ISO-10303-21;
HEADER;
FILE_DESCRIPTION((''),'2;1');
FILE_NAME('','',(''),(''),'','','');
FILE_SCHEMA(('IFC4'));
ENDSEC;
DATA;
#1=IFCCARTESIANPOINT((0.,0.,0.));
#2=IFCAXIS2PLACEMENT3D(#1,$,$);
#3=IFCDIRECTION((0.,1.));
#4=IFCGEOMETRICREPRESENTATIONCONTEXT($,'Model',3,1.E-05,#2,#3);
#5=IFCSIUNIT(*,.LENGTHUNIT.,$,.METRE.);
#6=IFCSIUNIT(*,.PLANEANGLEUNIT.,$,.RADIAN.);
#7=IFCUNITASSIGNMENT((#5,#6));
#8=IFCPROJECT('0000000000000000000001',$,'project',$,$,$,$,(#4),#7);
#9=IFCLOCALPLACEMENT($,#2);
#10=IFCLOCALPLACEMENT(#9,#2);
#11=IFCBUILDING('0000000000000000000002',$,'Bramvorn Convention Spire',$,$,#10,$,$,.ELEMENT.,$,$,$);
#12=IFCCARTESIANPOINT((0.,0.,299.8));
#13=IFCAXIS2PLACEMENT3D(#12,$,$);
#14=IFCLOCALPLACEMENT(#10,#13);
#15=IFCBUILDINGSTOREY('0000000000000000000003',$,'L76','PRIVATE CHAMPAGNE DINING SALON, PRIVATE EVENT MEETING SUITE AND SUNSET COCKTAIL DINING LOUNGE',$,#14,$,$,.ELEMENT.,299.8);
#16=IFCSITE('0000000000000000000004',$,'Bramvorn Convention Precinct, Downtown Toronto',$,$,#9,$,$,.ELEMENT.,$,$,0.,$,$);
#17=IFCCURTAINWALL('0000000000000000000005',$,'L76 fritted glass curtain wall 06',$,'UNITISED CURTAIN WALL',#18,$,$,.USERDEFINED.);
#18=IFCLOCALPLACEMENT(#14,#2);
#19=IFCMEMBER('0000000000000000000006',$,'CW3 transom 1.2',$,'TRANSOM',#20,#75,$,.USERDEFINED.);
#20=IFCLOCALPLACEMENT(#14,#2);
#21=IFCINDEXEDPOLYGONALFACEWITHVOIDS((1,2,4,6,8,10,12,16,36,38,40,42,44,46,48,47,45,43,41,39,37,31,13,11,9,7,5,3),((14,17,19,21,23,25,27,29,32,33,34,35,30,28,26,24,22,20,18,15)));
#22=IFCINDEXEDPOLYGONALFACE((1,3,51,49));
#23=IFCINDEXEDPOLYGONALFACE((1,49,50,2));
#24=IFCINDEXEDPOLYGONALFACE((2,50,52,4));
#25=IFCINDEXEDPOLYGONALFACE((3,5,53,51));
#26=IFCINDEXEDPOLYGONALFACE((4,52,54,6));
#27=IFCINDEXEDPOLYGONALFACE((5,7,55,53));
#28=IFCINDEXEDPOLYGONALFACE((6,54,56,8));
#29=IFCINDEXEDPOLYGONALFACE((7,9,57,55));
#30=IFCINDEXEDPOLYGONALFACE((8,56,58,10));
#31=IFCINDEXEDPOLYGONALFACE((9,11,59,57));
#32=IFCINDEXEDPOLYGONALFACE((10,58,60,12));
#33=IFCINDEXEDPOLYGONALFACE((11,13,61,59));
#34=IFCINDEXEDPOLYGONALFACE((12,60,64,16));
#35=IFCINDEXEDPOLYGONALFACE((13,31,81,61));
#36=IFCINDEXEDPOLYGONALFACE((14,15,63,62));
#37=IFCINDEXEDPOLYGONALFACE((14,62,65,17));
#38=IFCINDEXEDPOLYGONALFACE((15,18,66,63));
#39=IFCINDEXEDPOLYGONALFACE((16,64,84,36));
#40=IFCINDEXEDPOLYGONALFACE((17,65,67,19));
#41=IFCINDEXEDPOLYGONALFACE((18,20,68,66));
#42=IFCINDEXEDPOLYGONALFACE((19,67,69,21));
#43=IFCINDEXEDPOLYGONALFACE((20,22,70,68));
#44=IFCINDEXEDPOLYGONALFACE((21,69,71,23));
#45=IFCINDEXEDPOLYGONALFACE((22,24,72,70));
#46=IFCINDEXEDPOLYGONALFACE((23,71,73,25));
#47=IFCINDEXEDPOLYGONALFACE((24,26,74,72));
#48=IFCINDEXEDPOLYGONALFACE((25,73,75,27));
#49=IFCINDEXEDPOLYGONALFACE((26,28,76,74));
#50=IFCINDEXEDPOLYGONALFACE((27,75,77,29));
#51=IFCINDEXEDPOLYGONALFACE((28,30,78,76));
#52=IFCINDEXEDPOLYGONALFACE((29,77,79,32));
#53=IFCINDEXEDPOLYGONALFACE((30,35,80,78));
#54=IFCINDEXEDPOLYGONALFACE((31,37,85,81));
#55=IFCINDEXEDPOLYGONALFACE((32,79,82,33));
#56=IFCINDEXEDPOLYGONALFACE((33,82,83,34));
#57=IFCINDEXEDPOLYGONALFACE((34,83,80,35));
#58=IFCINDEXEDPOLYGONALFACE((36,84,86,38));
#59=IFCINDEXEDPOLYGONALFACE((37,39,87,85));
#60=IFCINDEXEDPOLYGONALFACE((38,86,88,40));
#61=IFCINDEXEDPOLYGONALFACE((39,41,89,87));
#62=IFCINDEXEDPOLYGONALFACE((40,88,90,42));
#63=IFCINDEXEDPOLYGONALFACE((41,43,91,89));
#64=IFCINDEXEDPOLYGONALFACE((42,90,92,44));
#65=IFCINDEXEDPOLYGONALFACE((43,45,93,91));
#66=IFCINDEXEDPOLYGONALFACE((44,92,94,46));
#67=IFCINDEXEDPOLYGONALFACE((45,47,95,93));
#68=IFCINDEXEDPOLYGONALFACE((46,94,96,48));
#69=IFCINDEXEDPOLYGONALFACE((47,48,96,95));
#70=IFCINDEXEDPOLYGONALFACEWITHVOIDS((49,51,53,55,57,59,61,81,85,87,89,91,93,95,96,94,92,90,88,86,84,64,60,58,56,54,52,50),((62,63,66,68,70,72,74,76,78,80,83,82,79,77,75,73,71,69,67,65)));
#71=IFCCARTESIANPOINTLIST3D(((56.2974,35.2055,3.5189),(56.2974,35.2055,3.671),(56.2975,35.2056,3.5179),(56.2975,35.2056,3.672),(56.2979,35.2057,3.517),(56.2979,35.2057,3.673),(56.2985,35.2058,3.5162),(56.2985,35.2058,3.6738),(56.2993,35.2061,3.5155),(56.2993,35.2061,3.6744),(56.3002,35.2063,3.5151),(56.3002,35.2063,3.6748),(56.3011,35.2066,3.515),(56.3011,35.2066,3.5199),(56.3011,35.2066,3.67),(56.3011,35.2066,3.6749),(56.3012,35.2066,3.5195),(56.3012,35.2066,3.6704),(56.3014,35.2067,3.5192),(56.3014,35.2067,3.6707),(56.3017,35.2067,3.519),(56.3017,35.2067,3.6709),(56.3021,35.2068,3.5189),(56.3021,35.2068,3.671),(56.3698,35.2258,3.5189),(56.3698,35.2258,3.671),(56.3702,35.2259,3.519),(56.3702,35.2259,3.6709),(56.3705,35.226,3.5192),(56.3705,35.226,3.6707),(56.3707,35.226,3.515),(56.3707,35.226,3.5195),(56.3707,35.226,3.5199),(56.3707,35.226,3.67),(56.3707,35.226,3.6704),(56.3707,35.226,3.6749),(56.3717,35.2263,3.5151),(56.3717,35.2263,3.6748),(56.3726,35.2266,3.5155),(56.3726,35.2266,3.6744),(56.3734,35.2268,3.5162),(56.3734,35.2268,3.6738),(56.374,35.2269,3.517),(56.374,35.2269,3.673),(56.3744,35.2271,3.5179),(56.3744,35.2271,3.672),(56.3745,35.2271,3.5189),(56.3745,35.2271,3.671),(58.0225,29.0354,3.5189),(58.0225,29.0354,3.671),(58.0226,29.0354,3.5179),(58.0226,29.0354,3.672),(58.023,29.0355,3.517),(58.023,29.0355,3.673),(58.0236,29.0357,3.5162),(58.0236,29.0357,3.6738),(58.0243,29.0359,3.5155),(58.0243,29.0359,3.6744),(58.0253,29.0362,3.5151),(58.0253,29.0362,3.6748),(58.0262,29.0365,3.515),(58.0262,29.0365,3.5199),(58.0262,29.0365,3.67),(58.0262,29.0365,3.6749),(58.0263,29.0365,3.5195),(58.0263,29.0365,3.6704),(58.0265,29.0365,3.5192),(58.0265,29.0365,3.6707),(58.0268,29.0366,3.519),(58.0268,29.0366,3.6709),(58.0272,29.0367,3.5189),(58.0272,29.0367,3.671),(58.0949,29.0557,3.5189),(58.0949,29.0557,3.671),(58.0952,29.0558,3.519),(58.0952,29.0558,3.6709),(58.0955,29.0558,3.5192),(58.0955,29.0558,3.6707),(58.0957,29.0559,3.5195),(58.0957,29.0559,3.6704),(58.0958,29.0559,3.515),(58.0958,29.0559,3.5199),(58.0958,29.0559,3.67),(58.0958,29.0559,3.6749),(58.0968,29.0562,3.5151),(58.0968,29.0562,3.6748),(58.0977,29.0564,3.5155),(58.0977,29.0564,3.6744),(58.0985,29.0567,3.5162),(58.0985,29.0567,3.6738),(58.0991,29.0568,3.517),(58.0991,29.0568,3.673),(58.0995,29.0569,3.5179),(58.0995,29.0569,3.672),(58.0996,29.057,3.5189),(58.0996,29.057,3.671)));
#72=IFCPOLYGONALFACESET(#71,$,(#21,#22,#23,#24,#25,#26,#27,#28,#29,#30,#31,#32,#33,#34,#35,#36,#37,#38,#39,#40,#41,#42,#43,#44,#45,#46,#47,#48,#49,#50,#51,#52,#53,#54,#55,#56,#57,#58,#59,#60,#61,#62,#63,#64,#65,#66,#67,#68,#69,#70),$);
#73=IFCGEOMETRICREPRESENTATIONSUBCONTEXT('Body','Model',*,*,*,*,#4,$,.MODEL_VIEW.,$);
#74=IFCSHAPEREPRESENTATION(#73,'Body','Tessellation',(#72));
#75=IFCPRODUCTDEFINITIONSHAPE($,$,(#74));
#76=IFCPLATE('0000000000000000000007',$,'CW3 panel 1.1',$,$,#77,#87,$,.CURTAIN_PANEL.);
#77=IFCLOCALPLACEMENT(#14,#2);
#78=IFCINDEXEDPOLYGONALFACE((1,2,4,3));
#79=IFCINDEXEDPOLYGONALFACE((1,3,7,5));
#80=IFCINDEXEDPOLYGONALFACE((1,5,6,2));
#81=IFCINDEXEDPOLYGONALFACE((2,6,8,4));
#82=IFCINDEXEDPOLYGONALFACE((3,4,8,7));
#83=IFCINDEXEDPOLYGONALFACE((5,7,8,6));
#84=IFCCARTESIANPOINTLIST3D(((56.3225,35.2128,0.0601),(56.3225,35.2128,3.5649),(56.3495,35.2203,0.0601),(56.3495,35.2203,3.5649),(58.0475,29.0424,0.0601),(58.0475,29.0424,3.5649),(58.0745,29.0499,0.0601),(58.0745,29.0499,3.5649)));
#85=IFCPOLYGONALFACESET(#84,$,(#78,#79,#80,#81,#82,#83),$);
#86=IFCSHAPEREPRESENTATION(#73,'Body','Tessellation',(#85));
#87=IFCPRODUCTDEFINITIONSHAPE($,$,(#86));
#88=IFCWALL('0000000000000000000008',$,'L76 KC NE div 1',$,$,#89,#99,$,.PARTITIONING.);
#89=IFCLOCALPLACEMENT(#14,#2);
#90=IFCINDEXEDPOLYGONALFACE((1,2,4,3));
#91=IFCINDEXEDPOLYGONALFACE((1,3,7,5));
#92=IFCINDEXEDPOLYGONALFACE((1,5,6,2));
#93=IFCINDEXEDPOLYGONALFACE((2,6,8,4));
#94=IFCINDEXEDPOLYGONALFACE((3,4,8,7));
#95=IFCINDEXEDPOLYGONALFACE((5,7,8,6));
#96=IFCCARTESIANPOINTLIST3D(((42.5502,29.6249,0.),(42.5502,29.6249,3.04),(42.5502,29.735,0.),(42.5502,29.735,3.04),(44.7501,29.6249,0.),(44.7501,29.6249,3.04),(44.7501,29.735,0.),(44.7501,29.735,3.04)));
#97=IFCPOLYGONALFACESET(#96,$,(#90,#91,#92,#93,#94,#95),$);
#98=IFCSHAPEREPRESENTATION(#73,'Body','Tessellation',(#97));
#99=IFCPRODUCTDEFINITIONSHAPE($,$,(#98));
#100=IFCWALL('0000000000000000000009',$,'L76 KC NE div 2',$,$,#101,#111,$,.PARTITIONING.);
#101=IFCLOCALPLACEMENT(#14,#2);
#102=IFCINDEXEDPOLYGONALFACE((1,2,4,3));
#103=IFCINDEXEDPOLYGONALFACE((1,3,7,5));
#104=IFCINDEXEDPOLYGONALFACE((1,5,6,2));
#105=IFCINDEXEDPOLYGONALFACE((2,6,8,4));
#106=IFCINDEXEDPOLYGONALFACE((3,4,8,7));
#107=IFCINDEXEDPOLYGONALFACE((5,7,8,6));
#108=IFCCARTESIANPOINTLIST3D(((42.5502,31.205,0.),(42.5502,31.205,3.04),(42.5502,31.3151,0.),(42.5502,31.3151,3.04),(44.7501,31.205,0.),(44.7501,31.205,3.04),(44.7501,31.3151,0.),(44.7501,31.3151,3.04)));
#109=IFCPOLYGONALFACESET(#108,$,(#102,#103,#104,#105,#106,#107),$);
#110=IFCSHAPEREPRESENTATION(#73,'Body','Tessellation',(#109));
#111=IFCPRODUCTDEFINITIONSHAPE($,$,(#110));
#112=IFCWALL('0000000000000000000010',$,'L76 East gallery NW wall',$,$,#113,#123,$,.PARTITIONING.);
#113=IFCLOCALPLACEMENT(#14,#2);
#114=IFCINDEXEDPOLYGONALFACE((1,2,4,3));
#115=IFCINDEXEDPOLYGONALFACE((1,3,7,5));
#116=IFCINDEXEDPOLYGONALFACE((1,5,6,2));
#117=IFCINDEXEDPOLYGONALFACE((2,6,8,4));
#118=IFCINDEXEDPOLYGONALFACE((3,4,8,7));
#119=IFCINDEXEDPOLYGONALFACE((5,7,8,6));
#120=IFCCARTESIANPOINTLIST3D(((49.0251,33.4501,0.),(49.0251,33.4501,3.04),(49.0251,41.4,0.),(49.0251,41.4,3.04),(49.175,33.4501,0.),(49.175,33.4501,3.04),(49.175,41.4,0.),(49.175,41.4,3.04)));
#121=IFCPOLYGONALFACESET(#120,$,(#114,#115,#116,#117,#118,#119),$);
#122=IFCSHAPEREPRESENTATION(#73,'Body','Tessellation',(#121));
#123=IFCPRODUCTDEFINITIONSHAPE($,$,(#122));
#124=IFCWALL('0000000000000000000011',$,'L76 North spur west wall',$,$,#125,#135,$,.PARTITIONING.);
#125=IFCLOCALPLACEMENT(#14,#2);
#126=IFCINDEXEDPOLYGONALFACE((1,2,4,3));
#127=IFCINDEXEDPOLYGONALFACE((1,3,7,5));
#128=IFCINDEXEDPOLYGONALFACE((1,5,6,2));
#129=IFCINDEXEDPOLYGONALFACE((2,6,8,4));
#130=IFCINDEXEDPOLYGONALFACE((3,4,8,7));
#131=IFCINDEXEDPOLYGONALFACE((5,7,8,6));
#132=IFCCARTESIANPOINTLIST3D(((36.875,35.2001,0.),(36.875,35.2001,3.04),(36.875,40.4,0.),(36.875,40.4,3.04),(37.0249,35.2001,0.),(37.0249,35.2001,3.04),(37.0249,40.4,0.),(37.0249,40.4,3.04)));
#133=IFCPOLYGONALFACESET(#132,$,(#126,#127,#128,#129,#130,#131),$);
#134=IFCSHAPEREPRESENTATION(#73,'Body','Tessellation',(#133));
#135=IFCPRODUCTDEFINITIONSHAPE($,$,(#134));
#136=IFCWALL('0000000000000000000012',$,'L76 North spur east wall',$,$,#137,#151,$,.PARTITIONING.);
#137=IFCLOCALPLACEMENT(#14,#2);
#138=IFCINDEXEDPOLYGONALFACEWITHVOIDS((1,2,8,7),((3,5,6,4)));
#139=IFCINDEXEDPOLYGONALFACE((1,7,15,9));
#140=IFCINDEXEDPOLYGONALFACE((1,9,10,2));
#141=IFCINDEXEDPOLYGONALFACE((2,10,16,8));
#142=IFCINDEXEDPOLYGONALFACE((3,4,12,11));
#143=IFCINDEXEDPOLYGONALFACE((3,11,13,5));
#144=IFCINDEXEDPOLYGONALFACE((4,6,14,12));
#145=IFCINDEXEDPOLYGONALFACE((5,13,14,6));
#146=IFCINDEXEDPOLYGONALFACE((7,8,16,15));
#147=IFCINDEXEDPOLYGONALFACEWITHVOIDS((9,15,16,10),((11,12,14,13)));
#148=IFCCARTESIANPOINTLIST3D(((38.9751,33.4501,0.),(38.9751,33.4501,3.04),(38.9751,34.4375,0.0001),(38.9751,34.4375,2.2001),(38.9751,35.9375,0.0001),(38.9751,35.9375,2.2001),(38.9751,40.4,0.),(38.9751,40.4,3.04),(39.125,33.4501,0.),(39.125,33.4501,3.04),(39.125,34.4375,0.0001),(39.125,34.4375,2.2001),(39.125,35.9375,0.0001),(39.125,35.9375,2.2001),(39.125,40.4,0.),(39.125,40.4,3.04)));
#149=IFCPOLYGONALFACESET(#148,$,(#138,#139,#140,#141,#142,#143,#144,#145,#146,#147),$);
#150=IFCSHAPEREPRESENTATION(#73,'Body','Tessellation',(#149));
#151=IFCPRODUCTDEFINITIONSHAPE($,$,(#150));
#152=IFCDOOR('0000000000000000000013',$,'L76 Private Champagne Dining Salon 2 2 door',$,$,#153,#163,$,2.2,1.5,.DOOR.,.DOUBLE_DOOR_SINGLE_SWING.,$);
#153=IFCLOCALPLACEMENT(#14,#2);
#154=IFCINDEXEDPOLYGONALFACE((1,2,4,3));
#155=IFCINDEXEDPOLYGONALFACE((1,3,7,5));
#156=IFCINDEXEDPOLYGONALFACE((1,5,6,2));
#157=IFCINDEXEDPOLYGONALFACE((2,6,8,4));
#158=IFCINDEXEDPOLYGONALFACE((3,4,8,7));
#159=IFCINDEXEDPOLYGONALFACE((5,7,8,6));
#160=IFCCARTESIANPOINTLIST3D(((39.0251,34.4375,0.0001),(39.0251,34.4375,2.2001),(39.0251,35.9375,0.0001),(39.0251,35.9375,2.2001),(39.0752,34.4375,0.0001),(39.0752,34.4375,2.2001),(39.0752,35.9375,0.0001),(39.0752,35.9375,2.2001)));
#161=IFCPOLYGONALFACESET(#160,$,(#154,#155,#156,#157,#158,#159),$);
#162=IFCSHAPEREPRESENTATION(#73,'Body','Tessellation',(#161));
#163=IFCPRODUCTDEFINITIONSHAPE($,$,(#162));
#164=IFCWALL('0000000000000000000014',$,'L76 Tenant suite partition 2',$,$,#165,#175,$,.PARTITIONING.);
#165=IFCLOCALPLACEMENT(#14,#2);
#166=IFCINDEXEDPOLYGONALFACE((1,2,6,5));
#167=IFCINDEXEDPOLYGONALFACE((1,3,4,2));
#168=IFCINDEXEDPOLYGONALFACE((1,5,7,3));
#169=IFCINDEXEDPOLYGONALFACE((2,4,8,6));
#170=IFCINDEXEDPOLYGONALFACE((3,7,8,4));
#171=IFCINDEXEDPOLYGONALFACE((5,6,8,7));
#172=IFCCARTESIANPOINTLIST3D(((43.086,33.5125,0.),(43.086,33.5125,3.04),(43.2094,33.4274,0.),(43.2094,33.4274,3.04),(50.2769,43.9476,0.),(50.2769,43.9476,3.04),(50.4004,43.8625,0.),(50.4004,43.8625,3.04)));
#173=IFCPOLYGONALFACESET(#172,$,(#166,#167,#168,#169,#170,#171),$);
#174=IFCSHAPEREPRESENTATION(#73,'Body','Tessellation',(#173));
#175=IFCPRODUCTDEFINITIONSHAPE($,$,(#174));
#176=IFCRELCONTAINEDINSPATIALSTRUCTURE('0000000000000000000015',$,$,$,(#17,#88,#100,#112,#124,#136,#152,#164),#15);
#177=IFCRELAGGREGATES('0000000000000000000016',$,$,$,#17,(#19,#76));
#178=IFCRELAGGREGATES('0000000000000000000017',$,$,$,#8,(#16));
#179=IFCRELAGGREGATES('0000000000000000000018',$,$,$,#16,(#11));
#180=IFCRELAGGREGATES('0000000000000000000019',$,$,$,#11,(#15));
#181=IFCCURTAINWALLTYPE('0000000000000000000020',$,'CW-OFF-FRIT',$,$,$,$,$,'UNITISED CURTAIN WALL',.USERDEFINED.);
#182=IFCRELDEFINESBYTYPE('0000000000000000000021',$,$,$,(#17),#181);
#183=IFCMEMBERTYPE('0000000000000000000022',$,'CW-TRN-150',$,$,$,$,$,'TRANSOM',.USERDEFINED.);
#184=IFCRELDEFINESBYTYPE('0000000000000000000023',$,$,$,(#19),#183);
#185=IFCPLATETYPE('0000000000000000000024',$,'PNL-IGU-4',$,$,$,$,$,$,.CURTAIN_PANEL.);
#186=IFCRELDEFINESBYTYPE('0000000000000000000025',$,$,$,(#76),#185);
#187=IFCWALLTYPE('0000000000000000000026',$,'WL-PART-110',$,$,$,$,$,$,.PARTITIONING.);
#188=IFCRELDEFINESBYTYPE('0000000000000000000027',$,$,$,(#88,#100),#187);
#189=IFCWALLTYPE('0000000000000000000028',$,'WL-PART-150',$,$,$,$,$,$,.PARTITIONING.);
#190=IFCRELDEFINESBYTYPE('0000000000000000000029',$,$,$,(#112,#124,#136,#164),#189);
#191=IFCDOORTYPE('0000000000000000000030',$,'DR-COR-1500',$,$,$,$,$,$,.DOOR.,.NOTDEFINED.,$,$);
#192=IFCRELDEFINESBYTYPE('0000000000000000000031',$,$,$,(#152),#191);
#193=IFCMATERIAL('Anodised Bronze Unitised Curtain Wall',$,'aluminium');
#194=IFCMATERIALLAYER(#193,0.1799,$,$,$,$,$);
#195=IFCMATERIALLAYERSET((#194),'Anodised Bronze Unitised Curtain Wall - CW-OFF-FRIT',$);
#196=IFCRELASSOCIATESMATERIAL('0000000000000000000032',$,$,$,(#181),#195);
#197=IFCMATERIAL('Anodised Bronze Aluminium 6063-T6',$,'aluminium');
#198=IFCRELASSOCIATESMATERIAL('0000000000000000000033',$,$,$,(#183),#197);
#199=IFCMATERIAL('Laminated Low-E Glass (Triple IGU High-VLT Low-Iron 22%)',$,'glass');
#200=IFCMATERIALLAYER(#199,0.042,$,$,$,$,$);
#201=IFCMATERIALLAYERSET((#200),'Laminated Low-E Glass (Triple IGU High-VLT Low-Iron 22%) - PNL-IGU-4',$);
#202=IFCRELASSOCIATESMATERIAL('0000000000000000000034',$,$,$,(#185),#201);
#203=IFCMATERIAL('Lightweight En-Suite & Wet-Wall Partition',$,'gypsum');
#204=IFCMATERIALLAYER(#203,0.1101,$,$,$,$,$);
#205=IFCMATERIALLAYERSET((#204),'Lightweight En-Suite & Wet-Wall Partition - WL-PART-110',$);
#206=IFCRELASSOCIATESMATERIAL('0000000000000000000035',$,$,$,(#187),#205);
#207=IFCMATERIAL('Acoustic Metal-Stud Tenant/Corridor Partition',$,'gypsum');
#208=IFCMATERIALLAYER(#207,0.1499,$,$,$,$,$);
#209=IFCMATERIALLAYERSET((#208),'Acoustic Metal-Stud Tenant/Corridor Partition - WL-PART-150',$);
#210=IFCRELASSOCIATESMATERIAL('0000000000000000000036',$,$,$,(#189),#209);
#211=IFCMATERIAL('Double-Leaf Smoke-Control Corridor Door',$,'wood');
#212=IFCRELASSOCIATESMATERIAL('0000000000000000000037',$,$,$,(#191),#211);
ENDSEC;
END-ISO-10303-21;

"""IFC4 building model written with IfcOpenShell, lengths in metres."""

from ifc_helpers import new_model, si_unit, direction, frame, frame_2d, origin, origin_2d, place, context, subcontext, project, spatial, rectangle, hollow_rectangle, extrude, material, layer, layer_set, material_profile, profile_set, type_object, element, fill, aggregate, save


model = new_model("IFC4")

# Units and contexts
model_context = context("Model", 3, precision=1e-05, world=origin(), true_north=direction((0.0, 1.0)))
body_context = subcontext(model_context, "Body", "Model", "MODEL_VIEW")
ifc_project = project(units=[si_unit("LENGTHUNIT", "METRE"), si_unit("PLANEANGLEUNIT", "RADIAN")], contexts=[model_context])

# Site, building, storey
site_placement = place(None, origin())
site = spatial("IfcSite", under=ifc_project, at=site_placement, Name="Bramvorn Convention Precinct, Downtown Toronto", CompositionType="ELEMENT", RefElevation=0.0)
building_placement = place(site_placement, origin())
building = spatial("IfcBuilding", under=site, at=building_placement, Name="Bramvorn Convention Spire", CompositionType="ELEMENT")
storey_placement = place(building_placement, frame((0.0, 0.0, 299.8)))
storey = spatial("IfcBuildingStorey", under=building, at=storey_placement, Name="L76", Description="PRIVATE CHAMPAGNE DINING SALON, PRIVATE EVENT MEETING SUITE AND SUNSET COCKTAIL DINING LOUNGE", CompositionType="ELEMENT", Elevation=299.8)

# Shared definitions
ifc_material_1 = material(Name="Anodised Bronze Unitised Curtain Wall", Category="aluminium")
ifc_layer_1 = layer(ifc_material_1, 0.1799)
ifc_layer_set_1 = layer_set([ifc_layer_1], Name="Anodised Bronze Unitised Curtain Wall - CW-OFF-FRIT")
curtain_wall_type = type_object("IfcCurtainWallType", Name="CW-OFF-FRIT", ElementType="UNITISED CURTAIN WALL", PredefinedType="USERDEFINED", material=ifc_layer_set_1)
ifc_material_2 = material(Name="Anodised Bronze Aluminium 6063-T6", Category="aluminium")

# Curtain wall, member, plate
curtain_wall_1_placement = place(storey_placement, origin())
curtain_wall_1 = element("IfcCurtainWall", 1, at=curtain_wall_1_placement, inside=storey, type_object=curtain_wall_type, Name="L76 fritted glass curtain wall 06", ObjectType="UNITISED CURTAIN WALL", PredefinedType="USERDEFINED")
ifc_material_profile_1 = material_profile(ifc_material_2, hollow_rectangle(XDim=0.0801, YDim=0.1599, WallThickness=0.0039, InnerFilletRadius=0.001, OuterFilletRadius=0.0039, at=origin_2d()))
ifc_profile_set_1 = profile_set([ifc_material_profile_1], Name="Anodised Bronze Aluminium 6063-T6 - CWT80X160")
member_type_1 = type_object("IfcMemberType", Name="CW-TRN-150", ElementType="TRANSOM", PredefinedType="USERDEFINED", material=ifc_profile_set_1)
member_1_placement = place(storey_placement, frame((56.3359, 35.2163, 3.595), z_axis=(0.269261, -0.963067, 0.0), x_axis=(0.963067, 0.269261, 0.0)))
member_1 = element("IfcMember", 2, at=member_1_placement, type_object=member_type_1, Name="CW3 transom 1.2", ObjectType="TRANSOM", PredefinedType="USERDEFINED", context=body_context, shape_type="SweptSolid", body=[
    extrude(hollow_rectangle(XDim=0.0801, YDim=0.1599, WallThickness=0.0039, InnerFilletRadius=0.001, OuterFilletRadius=0.0039, at=origin_2d()), origin(), (0.0, 0.0, 1.0), 6.4067),
])
ifc_material_3 = material(Name="Laminated Low-E Glass (Triple IGU High-VLT Low-Iron 22%)", Category="glass")
ifc_layer_2 = layer(ifc_material_3, 0.042)
ifc_layer_set_2 = layer_set([ifc_layer_2], Name="Laminated Low-E Glass (Triple IGU High-VLT Low-Iron 22%) - PNL-IGU-4")
plate_type = type_object("IfcPlateType", Name="PNL-IGU-4", PredefinedType="CURTAIN_PANEL", material=ifc_layer_set_2)
plate_placement = place(storey_placement, frame((57.1985, 32.1313, 0.0601), z_axis=(0.0, 0.0, 1.0), x_axis=(0.269239, -0.963073, 0.0)))
plate = element("IfcPlate", 3, at=plate_placement, type_object=plate_type, Name="CW3 panel 1.1", PredefinedType="CURTAIN_PANEL", context=body_context, shape_type="SweptSolid", body=[
    extrude(rectangle(XDim=6.407, YDim=0.0281, at=origin_2d()), origin(), (0.0, 0.0, 1.0), 3.5049),
])
aggregate(curtain_wall_1, [member_1, plate])

# Walls
ifc_material_4 = material(Name="Lightweight En-Suite & Wet-Wall Partition", Category="gypsum")
ifc_layer_3 = layer(ifc_material_4, 0.1101)
ifc_layer_set_3 = layer_set([ifc_layer_3], Name="Lightweight En-Suite & Wet-Wall Partition - WL-PART-110")
wall_type_1 = type_object("IfcWallType", Name="WL-PART-110", PredefinedType="PARTITIONING", material=ifc_layer_set_3)
for number, where, z_axis, x_axis, name in (
    (4, (42.55, 29.6799, 0.0), (0.0, 0.0, 1.0), (1.0, 0.0, 0.0), "L76 KC NE div 1"),
    (5, (42.55, 31.26, 0.0), (0.0, 0.0, 1.0), (1.0, 0.0, 0.0), "L76 KC NE div 2"),
):
    element("IfcWall", number, at=place(storey_placement, frame(where, z_axis=z_axis, x_axis=x_axis)), inside=storey, type_object=wall_type_1, Name=name, PredefinedType="PARTITIONING", context=body_context, shape_type="SweptSolid", body=[
        extrude(rectangle(XDim=2.2, YDim=0.1101, at=frame_2d((1.1001, 0.0))), origin(), (0.0, 0.0, 1.0), 3.04),
    ])
ifc_material_5 = material(Name="Acoustic Metal-Stud Tenant/Corridor Partition", Category="gypsum")
ifc_layer_4 = layer(ifc_material_5, 0.1499)
ifc_layer_set_4 = layer_set([ifc_layer_4], Name="Acoustic Metal-Stud Tenant/Corridor Partition - WL-PART-150")
wall_type_2 = type_object("IfcWallType", Name="WL-PART-150", PredefinedType="PARTITIONING", material=ifc_layer_set_4)
wall_1_placement = place(storey_placement, frame((49.1001, 33.45, 0.0), z_axis=(0.0, 0.0, 1.0), x_axis=(0.0, 1.0, 0.0)))
element("IfcWall", 6, at=wall_1_placement, inside=storey, type_object=wall_type_2, Name="L76 East gallery NW wall", PredefinedType="PARTITIONING", context=body_context, shape_type="SweptSolid", body=[
    extrude(rectangle(XDim=7.95, YDim=0.1499, at=frame_2d((3.9751, 0.0))), origin(), (0.0, 0.0, 1.0), 3.04),
])
wall_2_placement = place(storey_placement, frame((36.95, 35.2, 0.0), z_axis=(0.0, 0.0, 1.0), x_axis=(0.0, 1.0, 0.0)))
element("IfcWall", 7, at=wall_2_placement, inside=storey, type_object=wall_type_2, Name="L76 North spur west wall", PredefinedType="PARTITIONING", context=body_context, shape_type="SweptSolid", body=[
    extrude(rectangle(XDim=5.2, YDim=0.1499, at=frame_2d((2.6001, 0.0))), origin(), (0.0, 0.0, 1.0), 3.04),
])

# Wall, opening, door
wall_3_placement = place(storey_placement, frame((39.05, 33.45, 0.0), z_axis=(0.0, 0.0, 1.0), x_axis=(0.0, 1.0, 0.0)))
wall_3 = element("IfcWall", 8, at=wall_3_placement, inside=storey, type_object=wall_type_2, Name="L76 North spur east wall", PredefinedType="PARTITIONING", context=body_context, shape_type="SweptSolid", body=[
    extrude(rectangle(XDim=6.95, YDim=0.1499, at=frame_2d((3.4751, 0.0))), origin(), (0.0, 0.0, 1.0), 3.04),
])
opening_1_placement = place(wall_3_placement, frame((0.9875, 0.0, 0.0)))
opening_1 = element("IfcOpeningElement", 9, at=opening_1_placement, cuts=wall_3, PredefinedType="OPENING", context=body_context, shape_type="SweptSolid", body=[
    extrude(rectangle(XDim=1.5, YDim=2.2, at=frame_2d((0.75, 1.1001))), frame((0.0, 0.085, 0.0), z_axis=(0.0, -1.0, 0.0), x_axis=(1.0, 0.0, 0.0)), (0.0, 0.0, 1.0), 0.1699),
])
ifc_material_6 = material(Name="Double-Leaf Smoke-Control Corridor Door", Category="wood")
door_type_1 = type_object("IfcDoorType", Name="DR-COR-1500", OperationType="NOTDEFINED", PredefinedType="DOOR", material=ifc_material_6)
door_1_placement = place(opening_1_placement, origin())
door_1 = element("IfcDoor", 10, at=door_1_placement, inside=storey, type_object=door_type_1, Name="L76 Private Champagne Dining Salon 2 2 door", OperationType="DOUBLE_DOOR_SINGLE_SWING", OverallHeight=2.2, OverallWidth=1.5, PredefinedType="DOOR", context=body_context, shape_type="SweptSolid", body=[
    extrude(rectangle(XDim=1.5, YDim=2.2, at=frame_2d((0.75, 1.1001))), frame((0.0, 0.0249, 0.0), z_axis=(0.0, -1.0, 0.0), x_axis=(1.0, 0.0, 0.0)), (0.0, 0.0, 1.0), 0.05),
])
fill(opening_1, door_1)

# Wall
wall_4_placement = place(storey_placement, frame((43.1477, 33.47, 0.0), z_axis=(0.0, 0.0, 1.0), x_axis=(0.567429, 0.823422, 0.0)))
element("IfcWall", 11, at=wall_4_placement, inside=storey, type_object=wall_type_2, Name="L76 Tenant suite partition 2", PredefinedType="PARTITIONING", context=body_context, shape_type="SweptSolid", body=[
    extrude(rectangle(XDim=12.6729, YDim=0.1499, at=frame_2d((6.3364, 0.0))), origin(), (0.0, 0.0, 1.0), 3.04),
])

save(model, "model.ifc")
